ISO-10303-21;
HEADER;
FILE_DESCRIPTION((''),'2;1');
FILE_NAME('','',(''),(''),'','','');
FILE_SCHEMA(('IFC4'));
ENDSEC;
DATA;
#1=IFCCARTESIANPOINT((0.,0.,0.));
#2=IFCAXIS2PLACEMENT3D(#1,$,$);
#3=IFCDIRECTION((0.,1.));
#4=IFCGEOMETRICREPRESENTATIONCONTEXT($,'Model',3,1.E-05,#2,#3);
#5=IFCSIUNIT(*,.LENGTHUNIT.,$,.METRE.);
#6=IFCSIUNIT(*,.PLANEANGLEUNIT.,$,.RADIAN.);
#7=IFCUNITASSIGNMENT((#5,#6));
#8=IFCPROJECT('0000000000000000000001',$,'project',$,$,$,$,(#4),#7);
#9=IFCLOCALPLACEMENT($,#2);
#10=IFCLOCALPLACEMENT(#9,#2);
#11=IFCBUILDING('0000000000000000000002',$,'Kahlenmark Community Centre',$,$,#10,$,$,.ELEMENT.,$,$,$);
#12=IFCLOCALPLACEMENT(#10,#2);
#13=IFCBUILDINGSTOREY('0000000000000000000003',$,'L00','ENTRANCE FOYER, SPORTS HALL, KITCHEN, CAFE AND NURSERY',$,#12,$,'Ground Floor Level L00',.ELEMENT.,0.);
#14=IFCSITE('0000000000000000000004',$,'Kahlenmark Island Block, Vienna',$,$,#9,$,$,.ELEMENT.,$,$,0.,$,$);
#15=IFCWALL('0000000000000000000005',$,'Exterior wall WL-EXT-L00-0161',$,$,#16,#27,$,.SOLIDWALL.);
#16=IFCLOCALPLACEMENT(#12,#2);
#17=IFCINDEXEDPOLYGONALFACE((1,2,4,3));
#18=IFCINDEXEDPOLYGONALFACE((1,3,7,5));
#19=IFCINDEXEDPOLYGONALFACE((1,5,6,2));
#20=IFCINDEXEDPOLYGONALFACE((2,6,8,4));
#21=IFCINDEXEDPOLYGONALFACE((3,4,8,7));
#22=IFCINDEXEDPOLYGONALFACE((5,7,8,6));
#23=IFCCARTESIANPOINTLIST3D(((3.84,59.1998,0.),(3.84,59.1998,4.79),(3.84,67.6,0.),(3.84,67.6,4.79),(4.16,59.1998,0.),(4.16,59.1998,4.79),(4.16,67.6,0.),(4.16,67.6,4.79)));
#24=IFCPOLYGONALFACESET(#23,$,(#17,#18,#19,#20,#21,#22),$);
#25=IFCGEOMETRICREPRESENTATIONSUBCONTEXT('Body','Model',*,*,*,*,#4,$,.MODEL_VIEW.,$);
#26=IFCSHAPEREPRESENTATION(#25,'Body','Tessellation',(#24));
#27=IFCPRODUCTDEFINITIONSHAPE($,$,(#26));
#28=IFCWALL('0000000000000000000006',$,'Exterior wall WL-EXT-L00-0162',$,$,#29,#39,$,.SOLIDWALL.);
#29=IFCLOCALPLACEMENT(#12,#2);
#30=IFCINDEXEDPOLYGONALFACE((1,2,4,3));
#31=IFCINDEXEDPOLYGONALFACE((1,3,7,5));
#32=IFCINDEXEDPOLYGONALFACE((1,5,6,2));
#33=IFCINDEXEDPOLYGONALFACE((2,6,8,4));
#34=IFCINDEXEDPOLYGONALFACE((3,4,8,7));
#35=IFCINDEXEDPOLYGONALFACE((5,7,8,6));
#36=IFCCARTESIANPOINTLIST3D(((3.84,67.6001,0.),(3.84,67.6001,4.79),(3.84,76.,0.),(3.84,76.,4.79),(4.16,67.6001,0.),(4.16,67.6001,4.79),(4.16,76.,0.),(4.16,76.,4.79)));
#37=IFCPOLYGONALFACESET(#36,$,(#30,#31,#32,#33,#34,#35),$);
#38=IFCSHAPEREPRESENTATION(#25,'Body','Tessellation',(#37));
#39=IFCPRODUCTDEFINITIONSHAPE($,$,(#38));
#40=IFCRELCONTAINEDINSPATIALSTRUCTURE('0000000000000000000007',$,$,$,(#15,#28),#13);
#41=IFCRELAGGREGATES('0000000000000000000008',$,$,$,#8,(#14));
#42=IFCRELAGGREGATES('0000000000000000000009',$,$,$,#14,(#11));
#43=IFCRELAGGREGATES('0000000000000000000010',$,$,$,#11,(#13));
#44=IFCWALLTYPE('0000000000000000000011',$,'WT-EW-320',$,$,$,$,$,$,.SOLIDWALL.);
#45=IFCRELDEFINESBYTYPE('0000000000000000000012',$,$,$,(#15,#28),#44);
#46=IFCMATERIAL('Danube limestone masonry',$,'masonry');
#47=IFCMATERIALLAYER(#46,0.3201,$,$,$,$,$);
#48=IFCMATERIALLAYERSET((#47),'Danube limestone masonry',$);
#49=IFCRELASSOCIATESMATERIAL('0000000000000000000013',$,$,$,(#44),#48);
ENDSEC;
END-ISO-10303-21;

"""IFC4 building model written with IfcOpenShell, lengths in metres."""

from ifc_helpers import new_model, si_unit, direction, frame, frame_2d, origin, place, context, subcontext, project, spatial, rectangle, extrude, material, layer, layer_set, type_object, element, save


model = new_model("IFC4")

# Units and contexts
model_context = context("Model", 3, precision=1e-05, world=origin(), true_north=direction((0.0, 1.0)))
body_context = subcontext(model_context, "Body", "Model", "MODEL_VIEW")
ifc_project = project(units=[si_unit("LENGTHUNIT", "METRE"), si_unit("PLANEANGLEUNIT", "RADIAN")], contexts=[model_context])

# Site, building, storey
site_placement = place(None, origin())
site = spatial("IfcSite", under=ifc_project, at=site_placement, Name="Kahlenmark Island Block, Vienna", CompositionType="ELEMENT", RefElevation=0.0)
building_placement = place(site_placement, origin())
building = spatial("IfcBuilding", under=site, at=building_placement, Name="Kahlenmark Community Centre", CompositionType="ELEMENT")
storey_placement = place(building_placement, origin())
storey = spatial("IfcBuildingStorey", under=building, at=storey_placement, Name="L00", Description="ENTRANCE FOYER, SPORTS HALL, KITCHEN, CAFE AND NURSERY", LongName="Ground Floor Level L00", CompositionType="ELEMENT", Elevation=0.0)

# Shared definitions
ifc_material_1 = material(Name="Danube limestone masonry", Category="masonry")
ifc_layer_1 = layer(ifc_material_1, 0.3201)
ifc_layer_set_1 = layer_set([ifc_layer_1], Name="Danube limestone masonry")
wall_type = type_object("IfcWallType", Name="WT-EW-320", PredefinedType="SOLIDWALL", material=ifc_layer_set_1)

# Walls
wall_1_placement = place(storey_placement, frame((4.0, 67.6001, 0.0), z_axis=(0.0, 0.0, 1.0), x_axis=(0.0, -1.0, 0.0)))
element("IfcWall", 1, at=wall_1_placement, inside=storey, type_object=wall_type, Name="Exterior wall WL-EXT-L00-0161", PredefinedType="SOLIDWALL", context=body_context, shape_type="SweptSolid", body=[
    extrude(rectangle(XDim=8.4001, YDim=0.3201, at=frame_2d((4.2002, 0.0))), origin(), (0.0, 0.0, 1.0), 4.79),
])
wall_2_placement = place(storey_placement, frame((4.0, 76.0, 0.0), z_axis=(0.0, 0.0, 1.0), x_axis=(0.0, -1.0, 0.0)))
element("IfcWall", 2, at=wall_2_placement, inside=storey, type_object=wall_type, Name="Exterior wall WL-EXT-L00-0162", PredefinedType="SOLIDWALL", context=body_context, shape_type="SweptSolid", body=[
    extrude(rectangle(XDim=8.3999, YDim=0.3201, at=frame_2d((4.2, 0.0))), origin(), (0.0, 0.0, 1.0), 4.79),
])

save(model, "model.ifc")
